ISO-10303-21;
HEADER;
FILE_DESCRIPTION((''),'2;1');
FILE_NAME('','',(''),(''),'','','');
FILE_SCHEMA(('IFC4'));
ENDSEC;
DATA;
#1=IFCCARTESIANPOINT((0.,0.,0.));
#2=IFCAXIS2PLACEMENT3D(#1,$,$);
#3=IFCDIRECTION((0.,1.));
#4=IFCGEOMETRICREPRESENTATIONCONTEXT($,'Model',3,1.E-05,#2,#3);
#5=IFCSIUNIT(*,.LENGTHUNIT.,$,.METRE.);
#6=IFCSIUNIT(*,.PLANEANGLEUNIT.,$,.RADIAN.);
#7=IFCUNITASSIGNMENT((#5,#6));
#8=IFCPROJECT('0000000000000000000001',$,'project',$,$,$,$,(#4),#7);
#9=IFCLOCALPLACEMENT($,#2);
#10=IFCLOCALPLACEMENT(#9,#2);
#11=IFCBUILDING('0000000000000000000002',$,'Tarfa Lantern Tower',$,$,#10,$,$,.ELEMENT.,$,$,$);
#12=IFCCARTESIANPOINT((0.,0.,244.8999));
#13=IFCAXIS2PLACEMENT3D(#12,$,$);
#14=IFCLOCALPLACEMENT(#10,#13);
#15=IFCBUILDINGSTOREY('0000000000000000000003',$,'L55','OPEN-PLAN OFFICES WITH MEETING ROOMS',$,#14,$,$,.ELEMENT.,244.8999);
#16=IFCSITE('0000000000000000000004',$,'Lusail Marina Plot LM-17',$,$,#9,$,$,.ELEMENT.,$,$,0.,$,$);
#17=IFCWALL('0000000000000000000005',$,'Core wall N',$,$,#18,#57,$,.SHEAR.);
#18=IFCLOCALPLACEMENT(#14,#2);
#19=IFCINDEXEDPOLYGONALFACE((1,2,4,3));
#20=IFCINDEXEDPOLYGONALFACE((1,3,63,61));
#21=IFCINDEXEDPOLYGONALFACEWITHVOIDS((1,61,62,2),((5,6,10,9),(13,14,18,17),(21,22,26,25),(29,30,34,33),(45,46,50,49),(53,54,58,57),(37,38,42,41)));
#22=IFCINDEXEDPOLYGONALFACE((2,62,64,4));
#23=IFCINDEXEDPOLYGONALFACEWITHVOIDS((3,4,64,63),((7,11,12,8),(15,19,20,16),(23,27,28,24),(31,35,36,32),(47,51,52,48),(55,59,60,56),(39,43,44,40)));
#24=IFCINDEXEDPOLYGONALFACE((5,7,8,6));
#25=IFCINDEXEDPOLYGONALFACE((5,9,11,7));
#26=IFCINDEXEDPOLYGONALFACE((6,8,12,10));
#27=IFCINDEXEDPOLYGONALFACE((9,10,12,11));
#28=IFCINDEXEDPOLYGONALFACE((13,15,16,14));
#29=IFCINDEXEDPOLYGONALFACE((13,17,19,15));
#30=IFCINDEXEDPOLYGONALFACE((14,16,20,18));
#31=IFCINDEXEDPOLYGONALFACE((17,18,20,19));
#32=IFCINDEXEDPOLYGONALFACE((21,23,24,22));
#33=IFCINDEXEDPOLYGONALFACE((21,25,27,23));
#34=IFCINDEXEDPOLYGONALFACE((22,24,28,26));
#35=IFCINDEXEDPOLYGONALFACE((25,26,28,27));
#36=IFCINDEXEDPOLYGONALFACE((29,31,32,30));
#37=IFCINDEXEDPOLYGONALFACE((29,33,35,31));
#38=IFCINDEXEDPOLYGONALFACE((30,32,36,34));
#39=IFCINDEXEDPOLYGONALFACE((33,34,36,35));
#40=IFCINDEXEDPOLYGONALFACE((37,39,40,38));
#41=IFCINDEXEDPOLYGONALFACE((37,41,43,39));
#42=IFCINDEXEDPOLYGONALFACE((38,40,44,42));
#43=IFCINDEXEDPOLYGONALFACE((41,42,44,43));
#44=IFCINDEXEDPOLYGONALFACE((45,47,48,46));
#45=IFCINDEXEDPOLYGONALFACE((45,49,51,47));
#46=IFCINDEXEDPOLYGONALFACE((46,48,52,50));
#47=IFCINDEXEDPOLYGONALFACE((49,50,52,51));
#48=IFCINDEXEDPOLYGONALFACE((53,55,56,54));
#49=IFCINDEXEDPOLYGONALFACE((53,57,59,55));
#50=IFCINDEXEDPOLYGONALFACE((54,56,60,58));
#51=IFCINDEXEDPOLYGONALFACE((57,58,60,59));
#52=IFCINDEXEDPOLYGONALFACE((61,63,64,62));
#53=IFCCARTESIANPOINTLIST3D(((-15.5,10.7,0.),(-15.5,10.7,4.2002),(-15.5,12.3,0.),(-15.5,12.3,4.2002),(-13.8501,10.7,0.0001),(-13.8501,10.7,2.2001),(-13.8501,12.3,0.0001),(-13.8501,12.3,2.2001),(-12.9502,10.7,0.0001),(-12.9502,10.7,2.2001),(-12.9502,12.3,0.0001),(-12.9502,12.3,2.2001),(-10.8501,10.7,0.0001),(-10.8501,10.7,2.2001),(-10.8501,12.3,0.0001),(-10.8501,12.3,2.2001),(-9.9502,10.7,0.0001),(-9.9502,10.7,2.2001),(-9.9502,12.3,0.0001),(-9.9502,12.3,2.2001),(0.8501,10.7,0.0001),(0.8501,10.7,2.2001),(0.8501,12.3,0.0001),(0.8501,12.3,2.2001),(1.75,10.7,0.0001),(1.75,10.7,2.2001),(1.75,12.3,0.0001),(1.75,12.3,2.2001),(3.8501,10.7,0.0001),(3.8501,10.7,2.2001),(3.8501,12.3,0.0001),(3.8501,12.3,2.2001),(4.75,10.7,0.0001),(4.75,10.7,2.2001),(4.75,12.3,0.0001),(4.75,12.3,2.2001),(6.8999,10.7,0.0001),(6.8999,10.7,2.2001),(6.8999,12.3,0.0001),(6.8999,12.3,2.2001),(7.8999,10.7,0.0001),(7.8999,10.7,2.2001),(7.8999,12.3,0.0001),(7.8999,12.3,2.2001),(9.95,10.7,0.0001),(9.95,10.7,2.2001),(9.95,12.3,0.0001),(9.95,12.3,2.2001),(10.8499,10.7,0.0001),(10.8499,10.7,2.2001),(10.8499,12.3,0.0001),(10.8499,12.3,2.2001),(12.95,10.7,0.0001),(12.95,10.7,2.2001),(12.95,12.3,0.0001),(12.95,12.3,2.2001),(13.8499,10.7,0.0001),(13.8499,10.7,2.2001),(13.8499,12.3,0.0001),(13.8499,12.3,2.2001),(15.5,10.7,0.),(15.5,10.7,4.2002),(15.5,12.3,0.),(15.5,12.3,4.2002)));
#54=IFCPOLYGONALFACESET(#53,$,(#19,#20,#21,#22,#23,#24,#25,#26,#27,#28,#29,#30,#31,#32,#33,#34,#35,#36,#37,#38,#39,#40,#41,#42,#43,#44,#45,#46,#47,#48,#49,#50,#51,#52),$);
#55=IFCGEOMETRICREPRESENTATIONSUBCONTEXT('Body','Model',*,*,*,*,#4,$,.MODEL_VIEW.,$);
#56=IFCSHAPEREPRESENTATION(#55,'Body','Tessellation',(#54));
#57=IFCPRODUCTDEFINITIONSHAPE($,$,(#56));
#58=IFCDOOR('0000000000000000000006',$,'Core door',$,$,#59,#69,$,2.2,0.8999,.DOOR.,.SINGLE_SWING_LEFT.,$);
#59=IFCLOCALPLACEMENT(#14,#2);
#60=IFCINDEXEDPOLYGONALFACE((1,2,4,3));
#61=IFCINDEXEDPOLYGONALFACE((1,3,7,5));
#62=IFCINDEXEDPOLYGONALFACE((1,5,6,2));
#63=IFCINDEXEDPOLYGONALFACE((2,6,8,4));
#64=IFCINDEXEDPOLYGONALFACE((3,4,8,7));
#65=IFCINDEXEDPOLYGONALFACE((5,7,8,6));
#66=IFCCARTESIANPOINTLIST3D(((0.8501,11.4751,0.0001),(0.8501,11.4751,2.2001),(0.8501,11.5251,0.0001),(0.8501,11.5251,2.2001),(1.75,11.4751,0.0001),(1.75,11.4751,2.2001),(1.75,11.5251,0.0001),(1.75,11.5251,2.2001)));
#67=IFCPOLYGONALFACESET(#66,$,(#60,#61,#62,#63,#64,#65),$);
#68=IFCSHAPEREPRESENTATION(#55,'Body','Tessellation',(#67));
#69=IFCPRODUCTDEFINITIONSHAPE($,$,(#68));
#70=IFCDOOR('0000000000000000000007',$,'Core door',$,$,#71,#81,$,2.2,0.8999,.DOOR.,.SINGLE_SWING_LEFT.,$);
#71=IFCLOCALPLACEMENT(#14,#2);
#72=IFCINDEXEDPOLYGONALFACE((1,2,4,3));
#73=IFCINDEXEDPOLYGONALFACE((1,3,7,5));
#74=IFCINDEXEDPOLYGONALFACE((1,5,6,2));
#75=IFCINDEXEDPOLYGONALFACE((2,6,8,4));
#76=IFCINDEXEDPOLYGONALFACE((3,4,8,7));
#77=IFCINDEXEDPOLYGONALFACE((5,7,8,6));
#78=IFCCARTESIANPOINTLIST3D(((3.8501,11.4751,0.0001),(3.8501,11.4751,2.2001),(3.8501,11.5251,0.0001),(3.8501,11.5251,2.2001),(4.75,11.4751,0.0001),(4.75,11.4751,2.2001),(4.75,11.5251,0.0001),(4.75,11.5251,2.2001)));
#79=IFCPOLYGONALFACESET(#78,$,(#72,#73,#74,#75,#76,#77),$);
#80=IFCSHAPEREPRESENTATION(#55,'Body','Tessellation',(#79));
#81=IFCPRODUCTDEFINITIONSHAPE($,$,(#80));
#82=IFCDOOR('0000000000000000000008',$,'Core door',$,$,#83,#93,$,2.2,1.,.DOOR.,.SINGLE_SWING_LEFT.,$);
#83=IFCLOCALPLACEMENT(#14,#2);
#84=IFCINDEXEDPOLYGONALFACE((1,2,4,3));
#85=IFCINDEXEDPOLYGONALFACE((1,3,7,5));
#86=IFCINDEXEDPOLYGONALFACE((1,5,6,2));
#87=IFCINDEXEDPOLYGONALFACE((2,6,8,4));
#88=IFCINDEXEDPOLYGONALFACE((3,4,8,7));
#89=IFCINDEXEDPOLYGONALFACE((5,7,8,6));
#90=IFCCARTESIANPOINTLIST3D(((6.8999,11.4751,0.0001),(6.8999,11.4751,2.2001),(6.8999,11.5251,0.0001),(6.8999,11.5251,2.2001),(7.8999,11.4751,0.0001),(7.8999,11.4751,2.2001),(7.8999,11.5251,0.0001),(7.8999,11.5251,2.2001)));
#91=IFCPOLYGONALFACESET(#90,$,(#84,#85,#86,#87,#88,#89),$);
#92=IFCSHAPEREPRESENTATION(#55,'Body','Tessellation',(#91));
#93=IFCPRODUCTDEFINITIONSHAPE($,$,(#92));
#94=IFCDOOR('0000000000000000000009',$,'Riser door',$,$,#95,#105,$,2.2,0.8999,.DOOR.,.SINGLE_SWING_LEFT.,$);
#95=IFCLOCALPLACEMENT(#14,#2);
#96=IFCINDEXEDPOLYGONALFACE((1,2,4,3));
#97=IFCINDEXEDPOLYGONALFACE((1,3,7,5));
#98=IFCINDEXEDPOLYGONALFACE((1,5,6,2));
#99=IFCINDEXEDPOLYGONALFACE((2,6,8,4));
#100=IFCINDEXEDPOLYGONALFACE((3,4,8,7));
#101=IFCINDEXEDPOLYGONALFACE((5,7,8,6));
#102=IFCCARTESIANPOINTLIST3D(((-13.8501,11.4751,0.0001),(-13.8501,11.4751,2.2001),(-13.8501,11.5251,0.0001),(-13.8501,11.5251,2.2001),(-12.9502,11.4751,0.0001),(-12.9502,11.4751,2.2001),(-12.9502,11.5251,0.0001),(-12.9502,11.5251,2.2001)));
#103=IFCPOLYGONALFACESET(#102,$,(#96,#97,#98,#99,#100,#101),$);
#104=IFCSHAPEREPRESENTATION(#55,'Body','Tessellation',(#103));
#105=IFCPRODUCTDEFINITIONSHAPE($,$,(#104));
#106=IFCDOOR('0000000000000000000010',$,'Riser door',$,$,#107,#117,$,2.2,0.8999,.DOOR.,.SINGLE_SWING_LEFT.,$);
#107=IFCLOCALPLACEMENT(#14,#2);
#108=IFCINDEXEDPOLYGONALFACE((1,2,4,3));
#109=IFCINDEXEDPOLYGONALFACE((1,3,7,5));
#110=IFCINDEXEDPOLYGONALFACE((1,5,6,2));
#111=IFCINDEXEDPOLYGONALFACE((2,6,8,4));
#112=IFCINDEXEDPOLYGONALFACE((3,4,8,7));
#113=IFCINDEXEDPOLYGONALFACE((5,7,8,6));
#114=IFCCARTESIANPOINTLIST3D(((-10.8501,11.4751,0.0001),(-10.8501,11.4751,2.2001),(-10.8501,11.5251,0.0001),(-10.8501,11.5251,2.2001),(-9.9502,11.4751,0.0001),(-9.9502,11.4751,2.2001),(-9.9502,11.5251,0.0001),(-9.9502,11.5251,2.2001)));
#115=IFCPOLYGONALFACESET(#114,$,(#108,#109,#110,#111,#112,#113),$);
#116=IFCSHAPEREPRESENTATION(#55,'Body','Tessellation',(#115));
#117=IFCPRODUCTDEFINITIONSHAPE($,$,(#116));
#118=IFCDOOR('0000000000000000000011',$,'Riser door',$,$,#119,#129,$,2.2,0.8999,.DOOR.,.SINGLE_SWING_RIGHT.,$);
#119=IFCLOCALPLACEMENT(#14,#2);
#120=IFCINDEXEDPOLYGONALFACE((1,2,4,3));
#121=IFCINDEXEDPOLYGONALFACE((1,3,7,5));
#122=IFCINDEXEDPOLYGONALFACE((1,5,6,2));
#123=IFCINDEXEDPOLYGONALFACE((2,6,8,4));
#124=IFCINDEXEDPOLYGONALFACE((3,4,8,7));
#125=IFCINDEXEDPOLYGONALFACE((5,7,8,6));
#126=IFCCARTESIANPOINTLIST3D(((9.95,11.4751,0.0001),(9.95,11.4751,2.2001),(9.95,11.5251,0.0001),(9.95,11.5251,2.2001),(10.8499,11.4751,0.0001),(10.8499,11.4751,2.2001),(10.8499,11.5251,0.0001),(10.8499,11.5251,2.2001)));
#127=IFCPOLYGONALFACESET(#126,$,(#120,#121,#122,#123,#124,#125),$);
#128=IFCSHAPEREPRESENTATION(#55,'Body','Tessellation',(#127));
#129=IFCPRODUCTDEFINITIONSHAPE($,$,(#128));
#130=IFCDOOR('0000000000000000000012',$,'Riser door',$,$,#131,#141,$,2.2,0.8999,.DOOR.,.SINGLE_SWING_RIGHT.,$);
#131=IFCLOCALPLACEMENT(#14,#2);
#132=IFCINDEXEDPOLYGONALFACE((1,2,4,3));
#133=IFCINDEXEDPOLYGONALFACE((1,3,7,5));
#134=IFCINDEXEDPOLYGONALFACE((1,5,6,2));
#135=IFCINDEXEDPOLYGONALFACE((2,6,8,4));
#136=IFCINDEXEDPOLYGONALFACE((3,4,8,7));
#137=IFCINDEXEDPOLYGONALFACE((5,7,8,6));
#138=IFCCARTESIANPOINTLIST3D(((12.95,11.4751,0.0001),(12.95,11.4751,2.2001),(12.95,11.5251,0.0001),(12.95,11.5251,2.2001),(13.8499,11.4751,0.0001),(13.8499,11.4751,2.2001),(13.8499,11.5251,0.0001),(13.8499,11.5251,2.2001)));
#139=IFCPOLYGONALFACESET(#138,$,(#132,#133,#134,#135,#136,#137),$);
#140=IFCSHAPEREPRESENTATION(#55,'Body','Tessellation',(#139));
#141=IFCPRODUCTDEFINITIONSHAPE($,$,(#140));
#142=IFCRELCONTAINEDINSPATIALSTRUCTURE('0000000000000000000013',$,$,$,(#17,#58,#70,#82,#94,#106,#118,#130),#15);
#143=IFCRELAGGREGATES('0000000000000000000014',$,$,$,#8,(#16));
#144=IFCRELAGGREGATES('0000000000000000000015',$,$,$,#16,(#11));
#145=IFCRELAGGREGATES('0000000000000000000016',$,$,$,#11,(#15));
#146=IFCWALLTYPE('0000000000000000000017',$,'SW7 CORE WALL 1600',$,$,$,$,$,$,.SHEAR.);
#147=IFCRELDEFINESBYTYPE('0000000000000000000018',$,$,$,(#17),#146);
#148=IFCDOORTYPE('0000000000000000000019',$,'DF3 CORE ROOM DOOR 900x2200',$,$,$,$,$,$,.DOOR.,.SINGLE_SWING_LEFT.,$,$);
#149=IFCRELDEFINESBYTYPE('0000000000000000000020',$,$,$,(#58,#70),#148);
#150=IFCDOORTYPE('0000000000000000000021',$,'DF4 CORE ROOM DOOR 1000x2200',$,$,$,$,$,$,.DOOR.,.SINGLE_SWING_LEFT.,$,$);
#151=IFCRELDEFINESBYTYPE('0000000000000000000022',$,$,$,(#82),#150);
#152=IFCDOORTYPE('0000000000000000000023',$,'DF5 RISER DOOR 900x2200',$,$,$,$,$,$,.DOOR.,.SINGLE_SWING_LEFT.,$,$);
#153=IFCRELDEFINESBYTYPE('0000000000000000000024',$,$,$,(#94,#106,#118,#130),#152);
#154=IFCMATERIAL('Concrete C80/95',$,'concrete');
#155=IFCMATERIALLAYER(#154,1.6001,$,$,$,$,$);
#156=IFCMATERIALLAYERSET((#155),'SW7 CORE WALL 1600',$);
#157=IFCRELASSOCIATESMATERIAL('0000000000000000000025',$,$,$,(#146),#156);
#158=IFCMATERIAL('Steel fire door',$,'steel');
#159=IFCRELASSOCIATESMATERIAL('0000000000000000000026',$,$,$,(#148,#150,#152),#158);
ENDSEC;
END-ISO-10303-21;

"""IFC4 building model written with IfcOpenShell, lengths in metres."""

from ifc_helpers import new_model, si_unit, direction, frame, frame_2d, origin, place, context, subcontext, project, spatial, rectangle, extrude, material, layer, layer_set, type_object, element, fill, save


model = new_model("IFC4")

# Units and contexts
model_context = context("Model", 3, precision=1e-05, world=origin(), true_north=direction((0.0, 1.0)))
body_context = subcontext(model_context, "Body", "Model", "MODEL_VIEW")
ifc_project = project(units=[si_unit("LENGTHUNIT", "METRE"), si_unit("PLANEANGLEUNIT", "RADIAN")], contexts=[model_context])

# Site, building, storey
site_placement = place(None, origin())
site = spatial("IfcSite", under=ifc_project, at=site_placement, Name="Lusail Marina Plot LM-17", CompositionType="ELEMENT", RefElevation=0.0)
building_placement = place(site_placement, origin())
building = spatial("IfcBuilding", under=site, at=building_placement, Name="Tarfa Lantern Tower", CompositionType="ELEMENT")
storey_placement = place(building_placement, frame((0.0, 0.0, 244.8999)))
storey = spatial("IfcBuildingStorey", under=building, at=storey_placement, Name="L55", Description="OPEN-PLAN OFFICES WITH MEETING ROOMS", CompositionType="ELEMENT", Elevation=244.8999)

# Shared definitions
ifc_material_1 = material(Name="Concrete C80/95", Category="concrete")
ifc_material_2 = material(Name="Steel fire door", Category="steel")

# Wall, openings, doors
ifc_layer_1 = layer(ifc_material_1, 1.6001)
ifc_layer_set_1 = layer_set([ifc_layer_1], Name="SW7 CORE WALL 1600")
wall_type_1 = type_object("IfcWallType", Name="SW7 CORE WALL 1600", PredefinedType="SHEAR", material=ifc_layer_set_1)
wall_1_placement = place(storey_placement, frame((-15.5, 11.5, 0.0), z_axis=(0.0, 0.0, 1.0), x_axis=(1.0, 0.0, 0.0)))
wall_1 = element("IfcWall", 1, at=wall_1_placement, inside=storey, type_object=wall_type_1, Name="Core wall N", PredefinedType="SHEAR", context=body_context, shape_type="SweptSolid", body=[
    extrude(rectangle(XDim=31.0, YDim=1.6001, at=frame_2d((15.5, 0.0))), origin(), (0.0, 0.0, 1.0), 4.2002),
])
opening_1_placement = place(wall_1_placement, frame((16.3501, 0.0, 0.0)))
opening_1 = element("IfcOpeningElement", 2, at=opening_1_placement, cuts=wall_1, PredefinedType="OPENING", context=body_context, shape_type="SweptSolid", body=[
    extrude(rectangle(XDim=0.8999, YDim=2.2, at=frame_2d((0.45, 1.1001))), frame((0.0, 0.8101, 0.0), z_axis=(0.0, -1.0, 0.0), x_axis=(1.0, 0.0, 0.0)), (0.0, 0.0, 1.0), 1.6201),
])
opening_2_placement = place(wall_1_placement, frame((19.3501, 0.0, 0.0)))
opening_2 = element("IfcOpeningElement", 3, at=opening_2_placement, cuts=wall_1, PredefinedType="OPENING", context=body_context, shape_type="SweptSolid", body=[
    extrude(rectangle(XDim=0.8999, YDim=2.2, at=frame_2d((0.45, 1.1001))), frame((0.0, 0.8101, 0.0), z_axis=(0.0, -1.0, 0.0), x_axis=(1.0, 0.0, 0.0)), (0.0, 0.0, 1.0), 1.6201),
])
opening_3_placement = place(wall_1_placement, frame((22.3999, 0.0, 0.0)))
opening_3 = element("IfcOpeningElement", 4, at=opening_3_placement, cuts=wall_1, PredefinedType="OPENING", context=body_context, shape_type="SweptSolid", body=[
    extrude(rectangle(XDim=1.0, YDim=2.2, at=frame_2d((0.5, 1.1001))), frame((0.0, 0.8101, 0.0), z_axis=(0.0, -1.0, 0.0), x_axis=(1.0, 0.0, 0.0)), (0.0, 0.0, 1.0), 1.6201),
])
opening_4_placement = place(wall_1_placement, frame((1.6499, 0.0, 0.0)))
opening_4 = element("IfcOpeningElement", 5, at=opening_4_placement, cuts=wall_1, PredefinedType="OPENING", context=body_context, shape_type="SweptSolid", body=[
    extrude(rectangle(XDim=0.8999, YDim=2.2, at=frame_2d((0.45, 1.1001))), frame((0.0, 0.8101, 0.0), z_axis=(0.0, -1.0, 0.0), x_axis=(1.0, 0.0, 0.0)), (0.0, 0.0, 1.0), 1.6201),
])
opening_5_placement = place(wall_1_placement, frame((4.6499, 0.0, 0.0)))
opening_5 = element("IfcOpeningElement", 6, at=opening_5_placement, cuts=wall_1, PredefinedType="OPENING", context=body_context, shape_type="SweptSolid", body=[
    extrude(rectangle(XDim=0.8999, YDim=2.2, at=frame_2d((0.45, 1.1001))), frame((0.0, 0.8101, 0.0), z_axis=(0.0, -1.0, 0.0), x_axis=(1.0, 0.0, 0.0)), (0.0, 0.0, 1.0), 1.6201),
])
opening_6_placement = place(wall_1_placement, frame((25.45, 0.0, 0.0)))
opening_6 = element("IfcOpeningElement", 7, at=opening_6_placement, cuts=wall_1, PredefinedType="OPENING", context=body_context, shape_type="SweptSolid", body=[
    extrude(rectangle(XDim=0.8999, YDim=2.2, at=frame_2d((0.45, 1.1001))), frame((0.0, 0.8101, 0.0), z_axis=(0.0, -1.0, 0.0), x_axis=(1.0, 0.0, 0.0)), (0.0, 0.0, 1.0), 1.6201),
])
opening_7_placement = place(wall_1_placement, frame((28.45, 0.0, 0.0)))
opening_7 = element("IfcOpeningElement", 8, at=opening_7_placement, cuts=wall_1, PredefinedType="OPENING", context=body_context, shape_type="SweptSolid", body=[
    extrude(rectangle(XDim=0.8999, YDim=2.2, at=frame_2d((0.45, 1.1001))), frame((0.0, 0.8101, 0.0), z_axis=(0.0, -1.0, 0.0), x_axis=(1.0, 0.0, 0.0)), (0.0, 0.0, 1.0), 1.6201),
])
door_type_1 = type_object("IfcDoorType", Name="DF3 CORE ROOM DOOR 900x2200", OperationType="SINGLE_SWING_LEFT", PredefinedType="DOOR", material=ifc_material_2)
door_1_placement = place(opening_1_placement, frame((0.8999, 0.0, 0.0), z_axis=(0.0, 0.0, 1.0), x_axis=(-1.0, 0.0, 0.0)))
door_1 = element("IfcDoor", 9, at=door_1_placement, inside=storey, type_object=door_type_1, Name="Core door", OperationType="SINGLE_SWING_LEFT", OverallHeight=2.2, OverallWidth=0.8999, PredefinedType="DOOR", context=body_context, shape_type="SweptSolid", body=[
    extrude(rectangle(XDim=0.8999, YDim=2.2, at=frame_2d((0.45, 1.1001))), frame((0.0, 0.0249, 0.0), z_axis=(0.0, -1.0, 0.0), x_axis=(1.0, 0.0, 0.0)), (0.0, 0.0, 1.0), 0.05),
])
fill(opening_1, door_1)
door_2_placement = place(opening_2_placement, frame((0.8999, 0.0, 0.0), z_axis=(0.0, 0.0, 1.0), x_axis=(-1.0, 0.0, 0.0)))
door_2 = element("IfcDoor", 10, at=door_2_placement, inside=storey, type_object=door_type_1, Name="Core door", OperationType="SINGLE_SWING_LEFT", OverallHeight=2.2, OverallWidth=0.8999, PredefinedType="DOOR", context=body_context, shape_type="SweptSolid", body=[
    extrude(rectangle(XDim=0.8999, YDim=2.2, at=frame_2d((0.45, 1.1001))), frame((0.0, 0.0249, 0.0), z_axis=(0.0, -1.0, 0.0), x_axis=(1.0, 0.0, 0.0)), (0.0, 0.0, 1.0), 0.05),
])
fill(opening_2, door_2)
door_type_2 = type_object("IfcDoorType", Name="DF4 CORE ROOM DOOR 1000x2200", OperationType="SINGLE_SWING_LEFT", PredefinedType="DOOR", material=ifc_material_2)
door_3_placement = place(opening_3_placement, frame((1.0, 0.0, 0.0), z_axis=(0.0, 0.0, 1.0), x_axis=(-1.0, 0.0, 0.0)))
door_3 = element("IfcDoor", 11, at=door_3_placement, inside=storey, type_object=door_type_2, Name="Core door", OperationType="SINGLE_SWING_LEFT", OverallHeight=2.2, OverallWidth=1.0, PredefinedType="DOOR", context=body_context, shape_type="SweptSolid", body=[
    extrude(rectangle(XDim=1.0, YDim=2.2, at=frame_2d((0.5, 1.1001))), frame((0.0, 0.0249, 0.0), z_axis=(0.0, -1.0, 0.0), x_axis=(1.0, 0.0, 0.0)), (0.0, 0.0, 1.0), 0.05),
])
fill(opening_3, door_3)
door_type_3 = type_object("IfcDoorType", Name="DF5 RISER DOOR 900x2200", OperationType="SINGLE_SWING_LEFT", PredefinedType="DOOR", material=ifc_material_2)
door_4_placement = place(opening_4_placement, frame((0.8999, 0.0, 0.0), z_axis=(0.0, 0.0, 1.0), x_axis=(-1.0, 0.0, 0.0)))
door_4 = element("IfcDoor", 12, at=door_4_placement, inside=storey, type_object=door_type_3, Name="Riser door", OperationType="SINGLE_SWING_LEFT", OverallHeight=2.2, OverallWidth=0.8999, PredefinedType="DOOR", context=body_context, shape_type="SweptSolid", body=[
    extrude(rectangle(XDim=0.8999, YDim=2.2, at=frame_2d((0.45, 1.1001))), frame((0.0, 0.0249, 0.0), z_axis=(0.0, -1.0, 0.0), x_axis=(1.0, 0.0, 0.0)), (0.0, 0.0, 1.0), 0.05),
])
fill(opening_4, door_4)
door_5_placement = place(opening_5_placement, frame((0.8999, 0.0, 0.0), z_axis=(0.0, 0.0, 1.0), x_axis=(-1.0, 0.0, 0.0)))
door_5 = element("IfcDoor", 13, at=door_5_placement, inside=storey, type_object=door_type_3, Name="Riser door", OperationType="SINGLE_SWING_LEFT", OverallHeight=2.2, OverallWidth=0.8999, PredefinedType="DOOR", context=body_context, shape_type="SweptSolid", body=[
    extrude(rectangle(XDim=0.8999, YDim=2.2, at=frame_2d((0.45, 1.1001))), frame((0.0, 0.0249, 0.0), z_axis=(0.0, -1.0, 0.0), x_axis=(1.0, 0.0, 0.0)), (0.0, 0.0, 1.0), 0.05),
])
fill(opening_5, door_5)
door_6_placement = place(opening_6_placement, frame((0.8999, 0.0, 0.0), z_axis=(0.0, 0.0, 1.0), x_axis=(-1.0, 0.0, 0.0)))
door_6 = element("IfcDoor", 14, at=door_6_placement, inside=storey, type_object=door_type_3, Name="Riser door", OperationType="SINGLE_SWING_RIGHT", OverallHeight=2.2, OverallWidth=0.8999, PredefinedType="DOOR", context=body_context, shape_type="SweptSolid", body=[
    extrude(rectangle(XDim=0.8999, YDim=2.2, at=frame_2d((0.45, 1.1001))), frame((0.0, 0.0249, 0.0), z_axis=(0.0, -1.0, 0.0), x_axis=(1.0, 0.0, 0.0)), (0.0, 0.0, 1.0), 0.05),
])
fill(opening_6, door_6)
door_7_placement = place(opening_7_placement, frame((0.8999, 0.0, 0.0), z_axis=(0.0, 0.0, 1.0), x_axis=(-1.0, 0.0, 0.0)))
door_7 = element("IfcDoor", 15, at=door_7_placement, inside=storey, type_object=door_type_3, Name="Riser door", OperationType="SINGLE_SWING_RIGHT", OverallHeight=2.2, OverallWidth=0.8999, PredefinedType="DOOR", context=body_context, shape_type="SweptSolid", body=[
    extrude(rectangle(XDim=0.8999, YDim=2.2, at=frame_2d((0.45, 1.1001))), frame((0.0, 0.0249, 0.0), z_axis=(0.0, -1.0, 0.0), x_axis=(1.0, 0.0, 0.0)), (0.0, 0.0, 1.0), 0.05),
])
fill(opening_7, door_7)

save(model, "model.ifc")
